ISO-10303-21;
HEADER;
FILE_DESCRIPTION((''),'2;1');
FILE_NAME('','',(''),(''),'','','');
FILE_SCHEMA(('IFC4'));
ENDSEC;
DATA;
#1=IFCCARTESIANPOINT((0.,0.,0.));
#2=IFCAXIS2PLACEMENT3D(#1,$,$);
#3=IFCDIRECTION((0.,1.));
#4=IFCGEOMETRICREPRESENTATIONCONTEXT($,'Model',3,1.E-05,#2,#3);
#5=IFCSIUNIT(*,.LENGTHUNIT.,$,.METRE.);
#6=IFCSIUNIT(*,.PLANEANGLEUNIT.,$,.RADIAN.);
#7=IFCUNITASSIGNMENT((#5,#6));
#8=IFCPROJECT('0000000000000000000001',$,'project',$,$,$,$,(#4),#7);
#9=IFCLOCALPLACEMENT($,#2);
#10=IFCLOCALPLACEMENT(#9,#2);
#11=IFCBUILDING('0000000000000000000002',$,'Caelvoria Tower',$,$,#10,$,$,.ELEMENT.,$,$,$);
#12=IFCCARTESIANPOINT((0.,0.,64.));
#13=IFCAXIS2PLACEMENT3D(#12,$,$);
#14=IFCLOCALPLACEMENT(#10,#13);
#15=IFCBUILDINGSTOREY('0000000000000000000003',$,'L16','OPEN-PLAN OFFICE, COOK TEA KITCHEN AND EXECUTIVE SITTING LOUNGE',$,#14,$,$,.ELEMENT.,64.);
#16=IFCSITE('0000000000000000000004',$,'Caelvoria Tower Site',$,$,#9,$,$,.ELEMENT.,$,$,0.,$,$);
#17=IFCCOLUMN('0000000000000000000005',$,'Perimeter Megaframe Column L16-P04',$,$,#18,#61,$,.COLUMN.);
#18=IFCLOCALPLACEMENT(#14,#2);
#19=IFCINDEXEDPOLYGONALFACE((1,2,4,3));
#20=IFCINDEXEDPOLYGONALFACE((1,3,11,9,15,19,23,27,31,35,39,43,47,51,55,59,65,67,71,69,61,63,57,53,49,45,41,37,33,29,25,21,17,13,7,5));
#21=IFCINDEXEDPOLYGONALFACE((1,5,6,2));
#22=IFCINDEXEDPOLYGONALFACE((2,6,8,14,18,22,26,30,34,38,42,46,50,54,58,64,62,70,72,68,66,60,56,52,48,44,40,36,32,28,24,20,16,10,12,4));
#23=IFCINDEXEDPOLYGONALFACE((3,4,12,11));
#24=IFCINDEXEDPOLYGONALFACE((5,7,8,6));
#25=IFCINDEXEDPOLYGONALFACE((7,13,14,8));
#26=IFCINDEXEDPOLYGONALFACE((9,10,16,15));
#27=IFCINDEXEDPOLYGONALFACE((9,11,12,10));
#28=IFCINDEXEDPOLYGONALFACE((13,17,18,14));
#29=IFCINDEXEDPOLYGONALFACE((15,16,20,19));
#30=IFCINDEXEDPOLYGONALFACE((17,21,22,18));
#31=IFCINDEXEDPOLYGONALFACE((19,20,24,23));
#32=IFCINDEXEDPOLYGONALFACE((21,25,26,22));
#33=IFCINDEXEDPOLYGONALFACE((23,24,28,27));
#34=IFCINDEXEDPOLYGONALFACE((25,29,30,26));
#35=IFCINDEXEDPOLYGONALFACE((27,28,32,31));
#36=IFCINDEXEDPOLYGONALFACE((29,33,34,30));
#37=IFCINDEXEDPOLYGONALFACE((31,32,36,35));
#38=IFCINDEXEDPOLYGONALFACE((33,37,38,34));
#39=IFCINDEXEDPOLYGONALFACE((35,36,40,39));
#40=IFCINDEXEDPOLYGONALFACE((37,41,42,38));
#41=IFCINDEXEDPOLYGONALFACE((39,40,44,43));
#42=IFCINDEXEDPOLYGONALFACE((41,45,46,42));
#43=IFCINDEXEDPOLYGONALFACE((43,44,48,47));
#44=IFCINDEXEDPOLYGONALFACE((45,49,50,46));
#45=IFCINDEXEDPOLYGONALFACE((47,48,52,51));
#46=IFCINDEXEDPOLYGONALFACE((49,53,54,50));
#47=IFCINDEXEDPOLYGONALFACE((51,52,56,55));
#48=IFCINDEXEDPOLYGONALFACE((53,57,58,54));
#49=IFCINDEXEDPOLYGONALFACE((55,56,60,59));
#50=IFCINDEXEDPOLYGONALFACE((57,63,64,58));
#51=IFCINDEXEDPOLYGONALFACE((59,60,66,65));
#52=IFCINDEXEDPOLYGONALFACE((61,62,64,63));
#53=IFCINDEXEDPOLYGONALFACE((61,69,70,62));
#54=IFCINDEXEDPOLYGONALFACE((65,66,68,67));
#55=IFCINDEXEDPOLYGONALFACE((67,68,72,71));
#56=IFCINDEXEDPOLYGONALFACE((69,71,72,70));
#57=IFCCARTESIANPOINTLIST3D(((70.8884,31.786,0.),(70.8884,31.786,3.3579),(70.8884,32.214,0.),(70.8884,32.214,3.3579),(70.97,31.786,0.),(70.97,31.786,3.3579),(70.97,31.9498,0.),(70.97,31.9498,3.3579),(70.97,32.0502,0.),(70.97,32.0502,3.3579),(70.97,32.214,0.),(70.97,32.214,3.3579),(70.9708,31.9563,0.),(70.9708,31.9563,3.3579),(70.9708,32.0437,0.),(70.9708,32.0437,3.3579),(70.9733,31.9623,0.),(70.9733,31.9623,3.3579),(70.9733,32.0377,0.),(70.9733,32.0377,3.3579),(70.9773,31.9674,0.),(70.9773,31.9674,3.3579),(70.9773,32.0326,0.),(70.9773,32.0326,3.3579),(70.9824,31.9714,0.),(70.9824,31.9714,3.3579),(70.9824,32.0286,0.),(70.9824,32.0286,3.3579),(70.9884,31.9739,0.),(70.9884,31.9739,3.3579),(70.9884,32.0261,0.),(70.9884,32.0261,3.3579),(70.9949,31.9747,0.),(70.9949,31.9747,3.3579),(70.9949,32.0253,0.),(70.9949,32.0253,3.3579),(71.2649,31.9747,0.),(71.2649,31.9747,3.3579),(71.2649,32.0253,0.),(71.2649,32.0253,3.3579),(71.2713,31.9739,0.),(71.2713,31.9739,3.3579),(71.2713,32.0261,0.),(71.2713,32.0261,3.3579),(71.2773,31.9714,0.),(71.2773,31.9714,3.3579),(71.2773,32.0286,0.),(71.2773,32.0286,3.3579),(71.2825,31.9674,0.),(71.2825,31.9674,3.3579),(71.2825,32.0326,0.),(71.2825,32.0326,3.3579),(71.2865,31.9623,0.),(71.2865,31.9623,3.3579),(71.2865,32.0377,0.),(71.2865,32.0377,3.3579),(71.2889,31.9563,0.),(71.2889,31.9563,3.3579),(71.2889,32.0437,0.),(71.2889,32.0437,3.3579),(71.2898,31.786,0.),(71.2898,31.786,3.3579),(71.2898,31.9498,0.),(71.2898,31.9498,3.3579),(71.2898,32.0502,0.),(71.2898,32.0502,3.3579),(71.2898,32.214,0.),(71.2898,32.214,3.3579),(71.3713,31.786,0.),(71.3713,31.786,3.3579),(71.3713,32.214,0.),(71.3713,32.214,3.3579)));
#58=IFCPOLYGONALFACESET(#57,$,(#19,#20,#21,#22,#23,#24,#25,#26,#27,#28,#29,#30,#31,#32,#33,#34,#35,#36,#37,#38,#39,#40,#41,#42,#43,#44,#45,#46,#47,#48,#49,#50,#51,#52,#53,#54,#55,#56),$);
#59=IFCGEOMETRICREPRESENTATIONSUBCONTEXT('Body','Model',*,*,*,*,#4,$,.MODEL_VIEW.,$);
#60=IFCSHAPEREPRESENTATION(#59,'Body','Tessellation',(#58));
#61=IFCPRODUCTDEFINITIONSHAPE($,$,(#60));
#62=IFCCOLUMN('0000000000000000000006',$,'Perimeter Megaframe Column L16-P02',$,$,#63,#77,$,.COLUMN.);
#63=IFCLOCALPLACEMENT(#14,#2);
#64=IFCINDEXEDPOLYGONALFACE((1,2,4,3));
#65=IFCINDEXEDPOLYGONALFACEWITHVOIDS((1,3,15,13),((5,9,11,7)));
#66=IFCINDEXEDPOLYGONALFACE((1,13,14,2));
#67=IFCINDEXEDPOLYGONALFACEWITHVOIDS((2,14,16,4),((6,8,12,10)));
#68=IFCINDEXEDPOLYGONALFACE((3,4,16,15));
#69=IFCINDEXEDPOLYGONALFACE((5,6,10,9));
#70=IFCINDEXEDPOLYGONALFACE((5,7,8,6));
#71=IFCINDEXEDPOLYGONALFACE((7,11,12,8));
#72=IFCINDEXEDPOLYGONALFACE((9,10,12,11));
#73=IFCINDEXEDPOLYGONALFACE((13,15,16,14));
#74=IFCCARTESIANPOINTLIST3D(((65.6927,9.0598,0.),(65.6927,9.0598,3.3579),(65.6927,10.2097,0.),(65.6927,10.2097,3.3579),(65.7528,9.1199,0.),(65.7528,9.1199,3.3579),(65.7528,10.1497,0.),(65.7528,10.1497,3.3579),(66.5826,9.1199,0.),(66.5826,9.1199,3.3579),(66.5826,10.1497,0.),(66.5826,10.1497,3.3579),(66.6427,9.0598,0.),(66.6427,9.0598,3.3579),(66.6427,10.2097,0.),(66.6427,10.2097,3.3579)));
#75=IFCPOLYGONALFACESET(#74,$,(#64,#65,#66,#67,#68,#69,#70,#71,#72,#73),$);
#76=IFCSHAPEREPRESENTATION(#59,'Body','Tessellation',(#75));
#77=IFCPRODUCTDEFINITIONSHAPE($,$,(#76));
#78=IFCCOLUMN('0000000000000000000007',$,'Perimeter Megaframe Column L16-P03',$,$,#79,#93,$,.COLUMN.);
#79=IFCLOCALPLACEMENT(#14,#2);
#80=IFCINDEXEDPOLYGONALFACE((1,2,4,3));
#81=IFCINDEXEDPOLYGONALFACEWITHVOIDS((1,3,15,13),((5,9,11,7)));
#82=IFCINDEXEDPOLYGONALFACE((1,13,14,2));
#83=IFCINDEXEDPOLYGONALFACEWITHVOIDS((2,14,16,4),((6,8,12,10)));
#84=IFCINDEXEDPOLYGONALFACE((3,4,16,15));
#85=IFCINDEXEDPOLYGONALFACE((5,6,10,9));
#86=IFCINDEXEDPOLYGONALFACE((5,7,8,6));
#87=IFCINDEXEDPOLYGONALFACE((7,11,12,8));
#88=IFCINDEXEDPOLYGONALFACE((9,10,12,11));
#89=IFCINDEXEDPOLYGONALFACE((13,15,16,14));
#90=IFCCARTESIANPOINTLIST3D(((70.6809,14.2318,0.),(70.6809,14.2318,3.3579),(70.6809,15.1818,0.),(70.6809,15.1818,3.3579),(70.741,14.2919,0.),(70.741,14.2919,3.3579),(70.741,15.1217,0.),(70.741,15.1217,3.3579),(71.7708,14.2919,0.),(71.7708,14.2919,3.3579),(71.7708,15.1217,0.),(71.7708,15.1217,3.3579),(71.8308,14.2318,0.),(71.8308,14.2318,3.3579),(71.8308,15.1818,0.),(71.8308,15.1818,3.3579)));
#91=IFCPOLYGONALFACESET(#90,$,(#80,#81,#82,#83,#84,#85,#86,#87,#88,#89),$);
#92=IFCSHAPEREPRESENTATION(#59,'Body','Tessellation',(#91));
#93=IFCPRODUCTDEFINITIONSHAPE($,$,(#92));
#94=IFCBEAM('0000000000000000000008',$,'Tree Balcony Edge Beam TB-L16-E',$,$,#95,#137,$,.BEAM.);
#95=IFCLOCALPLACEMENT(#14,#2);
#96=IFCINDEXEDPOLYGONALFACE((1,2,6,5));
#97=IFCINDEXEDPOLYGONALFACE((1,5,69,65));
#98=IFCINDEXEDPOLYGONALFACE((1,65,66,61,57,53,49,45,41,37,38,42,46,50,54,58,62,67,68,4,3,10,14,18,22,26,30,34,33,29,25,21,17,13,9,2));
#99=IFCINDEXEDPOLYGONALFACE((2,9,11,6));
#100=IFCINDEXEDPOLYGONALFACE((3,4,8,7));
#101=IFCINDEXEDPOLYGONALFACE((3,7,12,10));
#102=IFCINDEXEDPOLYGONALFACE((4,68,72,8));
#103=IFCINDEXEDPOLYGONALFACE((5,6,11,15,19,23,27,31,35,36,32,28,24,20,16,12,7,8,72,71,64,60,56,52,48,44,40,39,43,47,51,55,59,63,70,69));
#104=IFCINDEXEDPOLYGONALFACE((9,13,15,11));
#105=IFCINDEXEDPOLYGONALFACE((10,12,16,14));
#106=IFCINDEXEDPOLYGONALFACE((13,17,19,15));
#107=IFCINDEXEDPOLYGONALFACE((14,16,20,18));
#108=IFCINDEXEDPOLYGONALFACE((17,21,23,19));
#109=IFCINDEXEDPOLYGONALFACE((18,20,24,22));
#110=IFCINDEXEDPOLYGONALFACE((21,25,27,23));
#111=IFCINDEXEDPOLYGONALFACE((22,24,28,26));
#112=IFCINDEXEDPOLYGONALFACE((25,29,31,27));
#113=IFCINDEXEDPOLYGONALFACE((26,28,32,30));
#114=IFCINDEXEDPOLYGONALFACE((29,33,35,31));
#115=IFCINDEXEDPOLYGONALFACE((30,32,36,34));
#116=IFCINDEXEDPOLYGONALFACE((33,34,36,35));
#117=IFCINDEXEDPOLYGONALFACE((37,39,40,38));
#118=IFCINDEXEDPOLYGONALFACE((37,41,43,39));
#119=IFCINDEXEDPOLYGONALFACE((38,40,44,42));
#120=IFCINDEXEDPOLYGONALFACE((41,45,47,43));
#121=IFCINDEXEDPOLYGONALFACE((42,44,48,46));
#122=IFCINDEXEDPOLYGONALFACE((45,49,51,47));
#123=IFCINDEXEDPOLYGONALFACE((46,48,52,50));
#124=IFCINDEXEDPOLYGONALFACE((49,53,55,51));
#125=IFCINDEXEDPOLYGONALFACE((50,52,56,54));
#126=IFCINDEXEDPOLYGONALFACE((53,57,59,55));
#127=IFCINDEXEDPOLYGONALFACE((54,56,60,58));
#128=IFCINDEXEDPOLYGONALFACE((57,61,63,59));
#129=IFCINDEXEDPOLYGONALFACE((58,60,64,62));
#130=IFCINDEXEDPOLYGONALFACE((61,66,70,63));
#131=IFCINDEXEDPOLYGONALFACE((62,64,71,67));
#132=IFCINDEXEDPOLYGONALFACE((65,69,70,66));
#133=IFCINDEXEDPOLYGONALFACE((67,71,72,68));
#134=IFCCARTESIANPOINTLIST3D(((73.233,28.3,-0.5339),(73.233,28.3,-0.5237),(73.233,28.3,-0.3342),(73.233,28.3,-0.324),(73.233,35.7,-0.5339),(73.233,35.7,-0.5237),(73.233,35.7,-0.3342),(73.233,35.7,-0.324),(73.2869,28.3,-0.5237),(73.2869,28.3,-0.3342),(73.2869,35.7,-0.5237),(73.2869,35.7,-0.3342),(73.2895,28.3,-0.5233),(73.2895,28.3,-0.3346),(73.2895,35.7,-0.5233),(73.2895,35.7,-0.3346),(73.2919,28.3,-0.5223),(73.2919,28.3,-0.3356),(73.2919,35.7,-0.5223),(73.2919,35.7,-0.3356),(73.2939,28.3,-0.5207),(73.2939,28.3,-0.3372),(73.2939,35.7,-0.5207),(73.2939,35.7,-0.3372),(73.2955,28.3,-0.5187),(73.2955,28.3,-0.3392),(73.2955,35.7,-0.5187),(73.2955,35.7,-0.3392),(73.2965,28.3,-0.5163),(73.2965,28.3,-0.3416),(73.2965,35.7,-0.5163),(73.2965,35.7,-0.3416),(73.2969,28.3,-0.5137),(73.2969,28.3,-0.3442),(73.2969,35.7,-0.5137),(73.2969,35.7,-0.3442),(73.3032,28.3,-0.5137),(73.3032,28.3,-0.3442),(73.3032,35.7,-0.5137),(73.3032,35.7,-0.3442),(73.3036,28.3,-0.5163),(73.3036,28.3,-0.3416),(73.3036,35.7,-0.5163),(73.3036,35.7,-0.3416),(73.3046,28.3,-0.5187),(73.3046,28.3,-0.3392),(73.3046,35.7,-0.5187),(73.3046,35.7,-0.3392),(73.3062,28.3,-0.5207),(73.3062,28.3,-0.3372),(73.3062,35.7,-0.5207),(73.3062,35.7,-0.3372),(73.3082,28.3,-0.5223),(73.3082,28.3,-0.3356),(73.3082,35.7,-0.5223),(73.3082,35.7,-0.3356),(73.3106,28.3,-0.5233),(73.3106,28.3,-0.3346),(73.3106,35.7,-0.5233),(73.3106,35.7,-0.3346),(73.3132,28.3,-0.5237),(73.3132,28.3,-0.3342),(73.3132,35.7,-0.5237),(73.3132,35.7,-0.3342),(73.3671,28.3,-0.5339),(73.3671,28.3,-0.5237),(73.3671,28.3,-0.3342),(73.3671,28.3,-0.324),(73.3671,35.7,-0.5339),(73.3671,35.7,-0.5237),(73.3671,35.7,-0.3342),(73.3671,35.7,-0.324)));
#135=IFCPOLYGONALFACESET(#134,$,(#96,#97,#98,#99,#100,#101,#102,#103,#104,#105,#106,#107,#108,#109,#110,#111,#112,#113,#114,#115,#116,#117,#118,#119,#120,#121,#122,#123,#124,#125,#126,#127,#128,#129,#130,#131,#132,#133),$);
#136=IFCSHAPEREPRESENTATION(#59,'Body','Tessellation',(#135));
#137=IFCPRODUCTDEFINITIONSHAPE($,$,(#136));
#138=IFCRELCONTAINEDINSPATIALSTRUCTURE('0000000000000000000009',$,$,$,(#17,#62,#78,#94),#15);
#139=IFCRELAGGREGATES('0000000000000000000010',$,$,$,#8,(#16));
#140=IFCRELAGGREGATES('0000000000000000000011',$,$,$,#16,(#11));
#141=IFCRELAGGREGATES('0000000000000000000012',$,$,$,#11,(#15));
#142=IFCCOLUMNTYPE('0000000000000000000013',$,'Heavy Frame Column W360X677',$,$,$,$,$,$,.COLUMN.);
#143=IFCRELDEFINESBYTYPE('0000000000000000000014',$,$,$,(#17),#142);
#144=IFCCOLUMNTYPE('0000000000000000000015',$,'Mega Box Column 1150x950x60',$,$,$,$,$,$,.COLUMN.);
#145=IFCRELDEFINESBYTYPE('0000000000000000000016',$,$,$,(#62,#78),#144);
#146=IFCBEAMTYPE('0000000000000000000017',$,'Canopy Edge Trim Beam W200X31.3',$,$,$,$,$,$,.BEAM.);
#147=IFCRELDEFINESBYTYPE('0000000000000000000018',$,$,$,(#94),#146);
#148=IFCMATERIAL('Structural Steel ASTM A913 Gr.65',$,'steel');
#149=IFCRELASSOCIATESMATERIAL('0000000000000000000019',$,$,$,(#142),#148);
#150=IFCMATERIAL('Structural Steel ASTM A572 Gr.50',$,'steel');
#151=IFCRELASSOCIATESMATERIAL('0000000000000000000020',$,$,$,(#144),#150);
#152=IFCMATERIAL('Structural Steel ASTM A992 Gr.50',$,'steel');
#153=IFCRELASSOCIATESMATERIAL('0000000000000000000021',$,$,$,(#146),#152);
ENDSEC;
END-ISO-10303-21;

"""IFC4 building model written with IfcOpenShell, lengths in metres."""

from ifc_helpers import new_model, si_unit, direction, frame, origin, origin_2d, place, context, subcontext, project, spatial, hollow_rectangle, i_section, extrude, material, material_profile, profile_set, type_object, element, save


model = new_model("IFC4")

# Units and contexts
model_context = context("Model", 3, precision=1e-05, world=origin(), true_north=direction((0.0, 1.0)))
body_context = subcontext(model_context, "Body", "Model", "MODEL_VIEW")
ifc_project = project(units=[si_unit("LENGTHUNIT", "METRE"), si_unit("PLANEANGLEUNIT", "RADIAN")], contexts=[model_context])

# Site, building, storey
site_placement = place(None, origin())
site = spatial("IfcSite", under=ifc_project, at=site_placement, Name="Caelvoria Tower Site", CompositionType="ELEMENT", RefElevation=0.0)
building_placement = place(site_placement, origin())
building = spatial("IfcBuilding", under=site, at=building_placement, Name="Caelvoria Tower", CompositionType="ELEMENT")
storey_placement = place(building_placement, frame((0.0, 0.0, 64.0)))
storey = spatial("IfcBuildingStorey", under=building, at=storey_placement, Name="L16", Description="OPEN-PLAN OFFICE, COOK TEA KITCHEN AND EXECUTIVE SITTING LOUNGE", CompositionType="ELEMENT", Elevation=64.0)

# Columns
ifc_material_1 = material(Name="Structural Steel ASTM A913 Gr.65", Category="steel")
ifc_material_profile_1 = material_profile(ifc_material_1, i_section(OverallWidth=0.428, OverallDepth=0.4829, WebThickness=0.0505, FlangeThickness=0.0815, FilletRadius=0.0249, at=origin_2d()), Name="Structural Steel ASTM A913 Gr.65")
ifc_profile_set_1 = profile_set([ifc_material_profile_1], Name="W360X677 - Structural Steel ASTM A913 Gr.65")
column_type_1 = type_object("IfcColumnType", Name="Heavy Frame Column W360X677", PredefinedType="COLUMN", material=ifc_profile_set_1)
column_placement = place(storey_placement, frame((71.1299, 32.0, 0.0), z_axis=(0.0, 0.0, 1.0), x_axis=(0.0, 1.0, 0.0)))
element("IfcColumn", 1, at=column_placement, inside=storey, type_object=column_type_1, Name="Perimeter Megaframe Column L16-P04", PredefinedType="COLUMN", context=body_context, shape_type="SweptSolid", body=[
    extrude(i_section(OverallWidth=0.428, OverallDepth=0.4829, WebThickness=0.0505, FlangeThickness=0.0815, FilletRadius=0.0249, at=origin_2d()), origin(), (0.0, 0.0, 1.0), 3.3579),
])
ifc_material_2 = material(Name="Structural Steel ASTM A572 Gr.50", Category="steel")
ifc_material_profile_2 = material_profile(ifc_material_2, hollow_rectangle(XDim=0.95, YDim=1.1499, WallThickness=0.0601, at=origin_2d()), Name="Structural Steel ASTM A572 Gr.50")
ifc_profile_set_2 = profile_set([ifc_material_profile_2], Name="BOX1150X950X60 - Structural Steel ASTM A572 Gr.50")
column_type_2 = type_object("IfcColumnType", Name="Mega Box Column 1150x950x60", PredefinedType="COLUMN", material=ifc_profile_set_2)
for number, where, z_axis, x_axis, name in (
    (2, (66.1677, 9.6348, 0.0), (0.0, 0.0, 1.0), (1.0, 0.0, 0.0), "Perimeter Megaframe Column L16-P02"),
    (3, (71.2559, 14.7068, 0.0), (0.0, 0.0, 1.0), (0.0, 1.0, 0.0), "Perimeter Megaframe Column L16-P03"),
):
    element("IfcColumn", number, at=place(storey_placement, frame(where, z_axis=z_axis, x_axis=x_axis)), inside=storey, type_object=column_type_2, Name=name, PredefinedType="COLUMN", context=body_context, shape_type="SweptSolid", body=[
        extrude(hollow_rectangle(XDim=0.95, YDim=1.1499, WallThickness=0.0601, at=origin_2d()), origin(), (0.0, 0.0, 1.0), 3.3579),
    ])

# Beam
ifc_material_3 = material(Name="Structural Steel ASTM A992 Gr.50", Category="steel")
ifc_material_profile_3 = material_profile(ifc_material_3, i_section(OverallWidth=0.134, OverallDepth=0.21, WebThickness=0.0063, FlangeThickness=0.0103, FilletRadius=0.01, at=origin_2d()), Name="Structural Steel ASTM A992 Gr.50")
ifc_profile_set_3 = profile_set([ifc_material_profile_3], Name="W200X31.3 - Structural Steel ASTM A992 Gr.50")
beam_type_1 = type_object("IfcBeamType", Name="Canopy Edge Trim Beam W200X31.3", PredefinedType="BEAM", material=ifc_profile_set_3)
beam_1_placement = place(storey_placement, frame((73.3, 28.3, -0.429), z_axis=(0.0, 1.0, 0.0), x_axis=(-1.0, 0.0, 0.0)))
element("IfcBeam", 4, at=beam_1_placement, inside=storey, type_object=beam_type_1, Name="Tree Balcony Edge Beam TB-L16-E", PredefinedType="BEAM", context=body_context, shape_type="SweptSolid", body=[
    extrude(i_section(OverallWidth=0.134, OverallDepth=0.21, WebThickness=0.0063, FlangeThickness=0.0103, FilletRadius=0.01, at=origin_2d()), origin(), (0.0, 0.0, 1.0), 7.3999),
])

save(model, "model.ifc")
